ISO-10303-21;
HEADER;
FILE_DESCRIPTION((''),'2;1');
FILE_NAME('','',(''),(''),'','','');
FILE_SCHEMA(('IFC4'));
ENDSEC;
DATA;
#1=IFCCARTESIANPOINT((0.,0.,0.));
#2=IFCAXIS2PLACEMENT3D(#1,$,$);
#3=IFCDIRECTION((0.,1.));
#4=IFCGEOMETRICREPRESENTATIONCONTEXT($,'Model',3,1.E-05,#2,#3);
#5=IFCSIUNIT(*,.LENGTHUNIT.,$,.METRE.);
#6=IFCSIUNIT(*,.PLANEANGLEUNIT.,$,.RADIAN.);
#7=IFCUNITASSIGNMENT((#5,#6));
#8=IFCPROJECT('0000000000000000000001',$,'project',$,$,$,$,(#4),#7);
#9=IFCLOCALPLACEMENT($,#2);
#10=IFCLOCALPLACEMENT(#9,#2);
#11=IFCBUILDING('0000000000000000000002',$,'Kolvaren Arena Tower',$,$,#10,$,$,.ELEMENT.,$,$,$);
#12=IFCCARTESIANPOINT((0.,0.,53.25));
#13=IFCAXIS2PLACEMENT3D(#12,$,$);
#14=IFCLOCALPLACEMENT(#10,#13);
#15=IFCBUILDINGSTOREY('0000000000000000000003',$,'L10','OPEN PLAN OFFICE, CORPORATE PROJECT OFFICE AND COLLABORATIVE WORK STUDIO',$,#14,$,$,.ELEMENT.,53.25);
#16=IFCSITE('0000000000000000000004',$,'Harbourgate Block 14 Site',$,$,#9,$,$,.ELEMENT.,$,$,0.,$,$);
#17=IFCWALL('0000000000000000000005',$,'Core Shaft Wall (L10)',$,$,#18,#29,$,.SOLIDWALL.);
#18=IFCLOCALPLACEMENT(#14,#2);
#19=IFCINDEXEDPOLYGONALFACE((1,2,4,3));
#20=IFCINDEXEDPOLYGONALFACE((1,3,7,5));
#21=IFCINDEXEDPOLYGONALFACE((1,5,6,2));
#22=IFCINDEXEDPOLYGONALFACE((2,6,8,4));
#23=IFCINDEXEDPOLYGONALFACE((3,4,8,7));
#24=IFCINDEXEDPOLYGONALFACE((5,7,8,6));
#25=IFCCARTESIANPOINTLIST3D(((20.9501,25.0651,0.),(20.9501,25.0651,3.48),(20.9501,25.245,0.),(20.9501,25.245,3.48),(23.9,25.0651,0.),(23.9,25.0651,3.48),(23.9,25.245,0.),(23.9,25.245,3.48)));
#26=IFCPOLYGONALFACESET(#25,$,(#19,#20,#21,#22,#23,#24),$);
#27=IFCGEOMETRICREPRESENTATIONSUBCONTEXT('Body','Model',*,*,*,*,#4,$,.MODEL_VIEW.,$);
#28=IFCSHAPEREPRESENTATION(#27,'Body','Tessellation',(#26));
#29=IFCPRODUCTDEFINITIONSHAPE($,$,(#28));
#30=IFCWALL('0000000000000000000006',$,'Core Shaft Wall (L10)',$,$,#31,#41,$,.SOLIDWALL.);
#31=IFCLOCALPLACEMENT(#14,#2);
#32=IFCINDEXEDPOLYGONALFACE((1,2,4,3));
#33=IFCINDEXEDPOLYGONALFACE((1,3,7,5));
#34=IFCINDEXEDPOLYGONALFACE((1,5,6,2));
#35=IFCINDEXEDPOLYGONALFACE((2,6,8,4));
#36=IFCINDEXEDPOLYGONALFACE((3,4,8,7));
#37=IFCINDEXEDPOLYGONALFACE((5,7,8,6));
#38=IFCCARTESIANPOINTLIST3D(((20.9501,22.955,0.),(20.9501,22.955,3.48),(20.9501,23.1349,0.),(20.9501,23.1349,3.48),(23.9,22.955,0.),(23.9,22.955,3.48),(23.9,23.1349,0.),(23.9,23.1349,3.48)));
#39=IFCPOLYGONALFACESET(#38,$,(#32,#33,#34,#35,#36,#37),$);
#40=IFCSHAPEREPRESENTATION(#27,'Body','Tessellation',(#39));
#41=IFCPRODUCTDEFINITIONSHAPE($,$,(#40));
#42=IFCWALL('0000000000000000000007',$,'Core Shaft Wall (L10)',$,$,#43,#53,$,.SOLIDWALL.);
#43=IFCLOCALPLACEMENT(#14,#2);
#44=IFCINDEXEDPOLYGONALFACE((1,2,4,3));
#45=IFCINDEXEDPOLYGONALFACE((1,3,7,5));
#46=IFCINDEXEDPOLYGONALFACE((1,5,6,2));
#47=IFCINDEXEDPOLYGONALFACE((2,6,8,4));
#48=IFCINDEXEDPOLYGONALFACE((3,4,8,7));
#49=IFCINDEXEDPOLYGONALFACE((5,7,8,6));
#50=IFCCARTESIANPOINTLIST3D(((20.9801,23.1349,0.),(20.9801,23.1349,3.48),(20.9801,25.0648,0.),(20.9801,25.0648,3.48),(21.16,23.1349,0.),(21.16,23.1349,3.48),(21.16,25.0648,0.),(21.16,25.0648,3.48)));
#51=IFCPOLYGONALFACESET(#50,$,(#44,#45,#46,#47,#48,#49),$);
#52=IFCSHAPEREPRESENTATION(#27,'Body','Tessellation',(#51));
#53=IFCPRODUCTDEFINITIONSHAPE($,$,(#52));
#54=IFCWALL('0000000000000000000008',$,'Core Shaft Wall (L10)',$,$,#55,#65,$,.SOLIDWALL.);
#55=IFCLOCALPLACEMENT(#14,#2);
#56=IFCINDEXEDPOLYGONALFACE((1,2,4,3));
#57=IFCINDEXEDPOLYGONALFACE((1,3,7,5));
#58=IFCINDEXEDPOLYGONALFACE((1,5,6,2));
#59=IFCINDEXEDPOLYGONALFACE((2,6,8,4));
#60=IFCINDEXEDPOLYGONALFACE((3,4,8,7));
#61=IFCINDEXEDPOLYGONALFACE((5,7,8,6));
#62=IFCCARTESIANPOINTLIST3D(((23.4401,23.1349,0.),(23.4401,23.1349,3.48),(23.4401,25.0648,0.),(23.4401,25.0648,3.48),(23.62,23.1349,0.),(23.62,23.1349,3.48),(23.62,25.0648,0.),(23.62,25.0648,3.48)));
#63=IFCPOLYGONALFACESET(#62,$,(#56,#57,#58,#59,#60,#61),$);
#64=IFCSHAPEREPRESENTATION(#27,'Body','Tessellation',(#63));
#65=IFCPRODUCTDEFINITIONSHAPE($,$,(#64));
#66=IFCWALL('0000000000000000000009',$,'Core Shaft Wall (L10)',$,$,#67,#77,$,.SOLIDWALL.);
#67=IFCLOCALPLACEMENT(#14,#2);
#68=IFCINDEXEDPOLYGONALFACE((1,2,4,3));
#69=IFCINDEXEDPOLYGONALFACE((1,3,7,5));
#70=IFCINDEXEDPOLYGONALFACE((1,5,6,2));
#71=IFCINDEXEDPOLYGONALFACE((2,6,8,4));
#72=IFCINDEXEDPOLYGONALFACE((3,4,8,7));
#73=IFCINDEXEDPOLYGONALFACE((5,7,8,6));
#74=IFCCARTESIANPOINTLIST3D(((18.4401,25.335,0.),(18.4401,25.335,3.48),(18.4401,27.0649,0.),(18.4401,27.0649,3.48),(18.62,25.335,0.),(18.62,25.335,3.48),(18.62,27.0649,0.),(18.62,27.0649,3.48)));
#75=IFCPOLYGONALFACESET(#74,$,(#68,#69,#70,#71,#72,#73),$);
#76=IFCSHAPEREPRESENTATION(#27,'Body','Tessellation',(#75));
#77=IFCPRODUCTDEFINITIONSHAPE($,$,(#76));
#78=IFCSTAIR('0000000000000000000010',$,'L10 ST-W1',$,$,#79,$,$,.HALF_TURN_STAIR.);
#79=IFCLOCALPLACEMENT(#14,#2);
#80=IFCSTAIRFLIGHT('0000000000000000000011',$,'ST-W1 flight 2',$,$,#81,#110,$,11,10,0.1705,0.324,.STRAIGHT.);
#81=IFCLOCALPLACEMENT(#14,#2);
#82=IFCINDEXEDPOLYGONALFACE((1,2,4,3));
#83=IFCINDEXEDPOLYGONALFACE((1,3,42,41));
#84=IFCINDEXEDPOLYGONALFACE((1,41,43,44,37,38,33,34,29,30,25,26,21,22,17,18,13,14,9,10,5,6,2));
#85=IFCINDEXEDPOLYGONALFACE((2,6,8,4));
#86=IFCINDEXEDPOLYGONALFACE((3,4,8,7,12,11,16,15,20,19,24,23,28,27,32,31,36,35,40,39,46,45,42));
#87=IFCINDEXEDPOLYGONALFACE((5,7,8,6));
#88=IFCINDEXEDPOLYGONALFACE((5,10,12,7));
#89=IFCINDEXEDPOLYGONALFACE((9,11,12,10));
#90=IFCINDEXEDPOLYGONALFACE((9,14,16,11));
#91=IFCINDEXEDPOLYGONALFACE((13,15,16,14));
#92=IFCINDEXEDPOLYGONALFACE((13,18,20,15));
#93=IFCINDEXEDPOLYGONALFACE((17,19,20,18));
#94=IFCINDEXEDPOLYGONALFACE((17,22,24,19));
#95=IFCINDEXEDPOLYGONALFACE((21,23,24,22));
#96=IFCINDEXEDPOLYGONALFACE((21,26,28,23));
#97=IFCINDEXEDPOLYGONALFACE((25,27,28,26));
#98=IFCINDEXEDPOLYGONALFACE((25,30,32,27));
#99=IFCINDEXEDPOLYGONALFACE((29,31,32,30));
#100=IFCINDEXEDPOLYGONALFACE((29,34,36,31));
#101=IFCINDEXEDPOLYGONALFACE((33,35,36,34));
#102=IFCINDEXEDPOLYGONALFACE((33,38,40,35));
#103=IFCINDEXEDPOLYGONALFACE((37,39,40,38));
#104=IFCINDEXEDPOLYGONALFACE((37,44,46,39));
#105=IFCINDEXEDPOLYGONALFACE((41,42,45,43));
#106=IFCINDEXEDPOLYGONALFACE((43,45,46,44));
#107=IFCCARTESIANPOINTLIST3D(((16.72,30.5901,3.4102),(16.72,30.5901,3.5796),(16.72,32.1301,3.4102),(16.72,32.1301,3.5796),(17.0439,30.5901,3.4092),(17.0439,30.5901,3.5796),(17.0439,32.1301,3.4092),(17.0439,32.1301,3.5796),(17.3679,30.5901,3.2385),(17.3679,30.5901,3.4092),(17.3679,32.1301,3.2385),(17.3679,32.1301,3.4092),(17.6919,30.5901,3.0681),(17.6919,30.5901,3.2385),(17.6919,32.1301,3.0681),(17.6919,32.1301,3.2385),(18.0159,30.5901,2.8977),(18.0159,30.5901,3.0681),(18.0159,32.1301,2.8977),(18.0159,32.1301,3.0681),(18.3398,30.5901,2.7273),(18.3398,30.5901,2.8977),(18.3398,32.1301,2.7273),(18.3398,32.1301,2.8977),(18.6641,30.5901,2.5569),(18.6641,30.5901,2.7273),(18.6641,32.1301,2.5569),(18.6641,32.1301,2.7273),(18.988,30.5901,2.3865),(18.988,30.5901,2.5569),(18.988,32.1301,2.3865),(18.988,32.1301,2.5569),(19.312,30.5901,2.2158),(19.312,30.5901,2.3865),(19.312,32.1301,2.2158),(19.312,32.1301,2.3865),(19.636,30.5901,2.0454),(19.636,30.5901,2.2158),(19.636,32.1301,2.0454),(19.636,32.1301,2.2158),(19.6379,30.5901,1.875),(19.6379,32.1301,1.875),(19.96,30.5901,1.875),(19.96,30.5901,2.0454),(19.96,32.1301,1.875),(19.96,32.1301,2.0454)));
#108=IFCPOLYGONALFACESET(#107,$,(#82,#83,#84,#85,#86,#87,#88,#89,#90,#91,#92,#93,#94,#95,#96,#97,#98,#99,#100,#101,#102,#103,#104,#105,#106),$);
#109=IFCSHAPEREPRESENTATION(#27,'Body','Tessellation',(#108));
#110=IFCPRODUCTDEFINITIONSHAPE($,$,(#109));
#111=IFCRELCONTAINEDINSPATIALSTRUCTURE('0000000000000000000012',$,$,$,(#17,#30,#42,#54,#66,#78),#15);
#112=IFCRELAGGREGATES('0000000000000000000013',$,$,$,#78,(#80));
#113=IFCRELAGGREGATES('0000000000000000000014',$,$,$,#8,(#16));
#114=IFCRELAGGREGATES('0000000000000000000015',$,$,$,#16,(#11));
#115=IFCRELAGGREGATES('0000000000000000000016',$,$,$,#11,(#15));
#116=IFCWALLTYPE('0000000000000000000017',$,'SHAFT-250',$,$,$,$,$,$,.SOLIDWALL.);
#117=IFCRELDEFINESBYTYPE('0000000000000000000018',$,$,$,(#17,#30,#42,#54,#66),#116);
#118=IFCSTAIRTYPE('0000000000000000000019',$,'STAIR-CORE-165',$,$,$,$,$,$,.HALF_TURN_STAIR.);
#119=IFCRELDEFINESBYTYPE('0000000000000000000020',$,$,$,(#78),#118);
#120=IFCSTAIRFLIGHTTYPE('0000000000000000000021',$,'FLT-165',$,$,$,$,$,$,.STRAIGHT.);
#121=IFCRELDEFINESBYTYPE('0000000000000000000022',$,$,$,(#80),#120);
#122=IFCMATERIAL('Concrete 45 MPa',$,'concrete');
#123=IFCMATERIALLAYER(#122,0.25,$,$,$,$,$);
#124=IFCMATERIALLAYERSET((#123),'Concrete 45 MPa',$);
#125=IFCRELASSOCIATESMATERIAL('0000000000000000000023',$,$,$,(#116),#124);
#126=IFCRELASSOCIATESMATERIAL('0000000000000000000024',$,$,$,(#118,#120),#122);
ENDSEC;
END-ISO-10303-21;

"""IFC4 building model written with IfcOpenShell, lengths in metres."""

from ifc_helpers import new_model, si_unit, direction, frame, frame_2d, origin, place, context, subcontext, project, spatial, polyline, rectangle, outline, extrude, material, layer, layer_set, type_object, element, aggregate, save


model = new_model("IFC4")

# Units and contexts
model_context = context("Model", 3, precision=1e-05, world=origin(), true_north=direction((0.0, 1.0)))
body_context = subcontext(model_context, "Body", "Model", "MODEL_VIEW")
ifc_project = project(units=[si_unit("LENGTHUNIT", "METRE"), si_unit("PLANEANGLEUNIT", "RADIAN")], contexts=[model_context])

# Site, building, storey
site_placement = place(None, origin())
site = spatial("IfcSite", under=ifc_project, at=site_placement, Name="Harbourgate Block 14 Site", CompositionType="ELEMENT", RefElevation=0.0)
building_placement = place(site_placement, origin())
building = spatial("IfcBuilding", under=site, at=building_placement, Name="Kolvaren Arena Tower", CompositionType="ELEMENT")
storey_placement = place(building_placement, frame((0.0, 0.0, 53.25)))
storey = spatial("IfcBuildingStorey", under=building, at=storey_placement, Name="L10", Description="OPEN PLAN OFFICE, CORPORATE PROJECT OFFICE AND COLLABORATIVE WORK STUDIO", CompositionType="ELEMENT", Elevation=53.25)

# Shared definitions
ifc_material_1 = material(Name="Concrete 45 MPa", Category="concrete")
ifc_layer = layer(ifc_material_1, 0.25)
ifc_layer_set = layer_set([ifc_layer], Name="Concrete 45 MPa")
wall_type = type_object("IfcWallType", Name="SHAFT-250", PredefinedType="SOLIDWALL", material=ifc_layer_set)

# Walls
for number, where, z_axis, x_axis, name in (
    (1, (20.95, 25.155, 0.0), (0.0, 0.0, 1.0), (1.0, 0.0, 0.0), "Core Shaft Wall (L10)"),
    (2, (20.95, 23.0449, 0.0), (0.0, 0.0, 1.0), (1.0, 0.0, 0.0), "Core Shaft Wall (L10)"),
):
    element("IfcWall", number, at=place(storey_placement, frame(where, z_axis=z_axis, x_axis=x_axis)), inside=storey, type_object=wall_type, Name=name, PredefinedType="SOLIDWALL", context=body_context, shape_type="SweptSolid", body=[
        extrude(rectangle(XDim=2.95, YDim=0.1799, at=frame_2d((1.4751, 0.0))), origin(), (0.0, 0.0, 1.0), 3.48),
    ])
for number, where, z_axis, x_axis, name in (
    (3, (21.0701, 23.135, 0.0), (0.0, 0.0, 1.0), (0.0, 1.0, 0.0), "Core Shaft Wall (L10)"),
    (4, (23.53, 23.135, 0.0), (0.0, 0.0, 1.0), (0.0, 1.0, 0.0), "Core Shaft Wall (L10)"),
):
    element("IfcWall", number, at=place(storey_placement, frame(where, z_axis=z_axis, x_axis=x_axis)), inside=storey, type_object=wall_type, Name=name, PredefinedType="SOLIDWALL", context=body_context, shape_type="SweptSolid", body=[
        extrude(rectangle(XDim=1.9299, YDim=0.1799, at=frame_2d((0.9648, 0.0))), origin(), (0.0, 0.0, 1.0), 3.48),
    ])
wall_1_placement = place(storey_placement, frame((18.53, 25.335, 0.0), z_axis=(0.0, 0.0, 1.0), x_axis=(0.0, 1.0, 0.0)))
element("IfcWall", 5, at=wall_1_placement, inside=storey, type_object=wall_type, Name="Core Shaft Wall (L10)", PredefinedType="SOLIDWALL", context=body_context, shape_type="SweptSolid", body=[
    extrude(rectangle(XDim=1.73, YDim=0.1799, at=frame_2d((0.865, 0.0))), origin(), (0.0, 0.0, 1.0), 3.48),
])

# Stair, stair flight
stair_type = type_object("IfcStairType", Name="STAIR-CORE-165", PredefinedType="HALF_TURN_STAIR", material=ifc_material_1)
stair_placement = place(storey_placement, origin())
stair = element("IfcStair", 6, at=stair_placement, inside=storey, type_object=stair_type, Name="L10 ST-W1", PredefinedType="HALF_TURN_STAIR")
stair_flight_type = type_object("IfcStairFlightType", Name="FLT-165", PredefinedType="STRAIGHT", material=ifc_material_1)
stair_flight_placement = place(storey_placement, frame((19.96, 31.3601, 1.875), z_axis=(0.0, 0.0, 1.0), x_axis=(-1.0, 0.0, 0.0)))
stair_flight = element("IfcStairFlight", 7, at=stair_flight_placement, type_object=stair_flight_type, Name="ST-W1 flight 2", NumberOfRisers=11, NumberOfTreads=10, PredefinedType="STRAIGHT", RiserHeight=0.1705, TreadLength=0.324, context=body_context, shape_type="SweptSolid", body=[
    extrude(outline(polyline([(0.0, 0.0), (0.0, 0.1704), (0.324, 0.1704), (0.324, 0.3408), (0.6479, 0.3408), (0.6479, 0.5115), (0.9719, 0.5115), (0.9719, 0.6819), (1.2959, 0.6819), (1.2959, 0.8523), (1.6201, 0.8523), (1.6201, 1.0227), (1.9441, 1.0227), (1.9441, 1.1931), (2.2681, 1.1931), (2.2681, 1.3635), (2.592, 1.3635), (2.592, 1.5342), (2.916, 1.5342), (2.916, 1.7046), (3.24, 1.7046), (3.24, 1.875), (3.24, 1.5352), (0.322, 0.0), (0.0, 0.0)])), frame((0.0, 0.77, 0.0), z_axis=(0.0, -1.0, 0.0), x_axis=(1.0, 0.0, 0.0)), (0.0, 0.0, 1.0), 1.54),
])
aggregate(stair, [stair_flight])

save(model, "model.ifc")
